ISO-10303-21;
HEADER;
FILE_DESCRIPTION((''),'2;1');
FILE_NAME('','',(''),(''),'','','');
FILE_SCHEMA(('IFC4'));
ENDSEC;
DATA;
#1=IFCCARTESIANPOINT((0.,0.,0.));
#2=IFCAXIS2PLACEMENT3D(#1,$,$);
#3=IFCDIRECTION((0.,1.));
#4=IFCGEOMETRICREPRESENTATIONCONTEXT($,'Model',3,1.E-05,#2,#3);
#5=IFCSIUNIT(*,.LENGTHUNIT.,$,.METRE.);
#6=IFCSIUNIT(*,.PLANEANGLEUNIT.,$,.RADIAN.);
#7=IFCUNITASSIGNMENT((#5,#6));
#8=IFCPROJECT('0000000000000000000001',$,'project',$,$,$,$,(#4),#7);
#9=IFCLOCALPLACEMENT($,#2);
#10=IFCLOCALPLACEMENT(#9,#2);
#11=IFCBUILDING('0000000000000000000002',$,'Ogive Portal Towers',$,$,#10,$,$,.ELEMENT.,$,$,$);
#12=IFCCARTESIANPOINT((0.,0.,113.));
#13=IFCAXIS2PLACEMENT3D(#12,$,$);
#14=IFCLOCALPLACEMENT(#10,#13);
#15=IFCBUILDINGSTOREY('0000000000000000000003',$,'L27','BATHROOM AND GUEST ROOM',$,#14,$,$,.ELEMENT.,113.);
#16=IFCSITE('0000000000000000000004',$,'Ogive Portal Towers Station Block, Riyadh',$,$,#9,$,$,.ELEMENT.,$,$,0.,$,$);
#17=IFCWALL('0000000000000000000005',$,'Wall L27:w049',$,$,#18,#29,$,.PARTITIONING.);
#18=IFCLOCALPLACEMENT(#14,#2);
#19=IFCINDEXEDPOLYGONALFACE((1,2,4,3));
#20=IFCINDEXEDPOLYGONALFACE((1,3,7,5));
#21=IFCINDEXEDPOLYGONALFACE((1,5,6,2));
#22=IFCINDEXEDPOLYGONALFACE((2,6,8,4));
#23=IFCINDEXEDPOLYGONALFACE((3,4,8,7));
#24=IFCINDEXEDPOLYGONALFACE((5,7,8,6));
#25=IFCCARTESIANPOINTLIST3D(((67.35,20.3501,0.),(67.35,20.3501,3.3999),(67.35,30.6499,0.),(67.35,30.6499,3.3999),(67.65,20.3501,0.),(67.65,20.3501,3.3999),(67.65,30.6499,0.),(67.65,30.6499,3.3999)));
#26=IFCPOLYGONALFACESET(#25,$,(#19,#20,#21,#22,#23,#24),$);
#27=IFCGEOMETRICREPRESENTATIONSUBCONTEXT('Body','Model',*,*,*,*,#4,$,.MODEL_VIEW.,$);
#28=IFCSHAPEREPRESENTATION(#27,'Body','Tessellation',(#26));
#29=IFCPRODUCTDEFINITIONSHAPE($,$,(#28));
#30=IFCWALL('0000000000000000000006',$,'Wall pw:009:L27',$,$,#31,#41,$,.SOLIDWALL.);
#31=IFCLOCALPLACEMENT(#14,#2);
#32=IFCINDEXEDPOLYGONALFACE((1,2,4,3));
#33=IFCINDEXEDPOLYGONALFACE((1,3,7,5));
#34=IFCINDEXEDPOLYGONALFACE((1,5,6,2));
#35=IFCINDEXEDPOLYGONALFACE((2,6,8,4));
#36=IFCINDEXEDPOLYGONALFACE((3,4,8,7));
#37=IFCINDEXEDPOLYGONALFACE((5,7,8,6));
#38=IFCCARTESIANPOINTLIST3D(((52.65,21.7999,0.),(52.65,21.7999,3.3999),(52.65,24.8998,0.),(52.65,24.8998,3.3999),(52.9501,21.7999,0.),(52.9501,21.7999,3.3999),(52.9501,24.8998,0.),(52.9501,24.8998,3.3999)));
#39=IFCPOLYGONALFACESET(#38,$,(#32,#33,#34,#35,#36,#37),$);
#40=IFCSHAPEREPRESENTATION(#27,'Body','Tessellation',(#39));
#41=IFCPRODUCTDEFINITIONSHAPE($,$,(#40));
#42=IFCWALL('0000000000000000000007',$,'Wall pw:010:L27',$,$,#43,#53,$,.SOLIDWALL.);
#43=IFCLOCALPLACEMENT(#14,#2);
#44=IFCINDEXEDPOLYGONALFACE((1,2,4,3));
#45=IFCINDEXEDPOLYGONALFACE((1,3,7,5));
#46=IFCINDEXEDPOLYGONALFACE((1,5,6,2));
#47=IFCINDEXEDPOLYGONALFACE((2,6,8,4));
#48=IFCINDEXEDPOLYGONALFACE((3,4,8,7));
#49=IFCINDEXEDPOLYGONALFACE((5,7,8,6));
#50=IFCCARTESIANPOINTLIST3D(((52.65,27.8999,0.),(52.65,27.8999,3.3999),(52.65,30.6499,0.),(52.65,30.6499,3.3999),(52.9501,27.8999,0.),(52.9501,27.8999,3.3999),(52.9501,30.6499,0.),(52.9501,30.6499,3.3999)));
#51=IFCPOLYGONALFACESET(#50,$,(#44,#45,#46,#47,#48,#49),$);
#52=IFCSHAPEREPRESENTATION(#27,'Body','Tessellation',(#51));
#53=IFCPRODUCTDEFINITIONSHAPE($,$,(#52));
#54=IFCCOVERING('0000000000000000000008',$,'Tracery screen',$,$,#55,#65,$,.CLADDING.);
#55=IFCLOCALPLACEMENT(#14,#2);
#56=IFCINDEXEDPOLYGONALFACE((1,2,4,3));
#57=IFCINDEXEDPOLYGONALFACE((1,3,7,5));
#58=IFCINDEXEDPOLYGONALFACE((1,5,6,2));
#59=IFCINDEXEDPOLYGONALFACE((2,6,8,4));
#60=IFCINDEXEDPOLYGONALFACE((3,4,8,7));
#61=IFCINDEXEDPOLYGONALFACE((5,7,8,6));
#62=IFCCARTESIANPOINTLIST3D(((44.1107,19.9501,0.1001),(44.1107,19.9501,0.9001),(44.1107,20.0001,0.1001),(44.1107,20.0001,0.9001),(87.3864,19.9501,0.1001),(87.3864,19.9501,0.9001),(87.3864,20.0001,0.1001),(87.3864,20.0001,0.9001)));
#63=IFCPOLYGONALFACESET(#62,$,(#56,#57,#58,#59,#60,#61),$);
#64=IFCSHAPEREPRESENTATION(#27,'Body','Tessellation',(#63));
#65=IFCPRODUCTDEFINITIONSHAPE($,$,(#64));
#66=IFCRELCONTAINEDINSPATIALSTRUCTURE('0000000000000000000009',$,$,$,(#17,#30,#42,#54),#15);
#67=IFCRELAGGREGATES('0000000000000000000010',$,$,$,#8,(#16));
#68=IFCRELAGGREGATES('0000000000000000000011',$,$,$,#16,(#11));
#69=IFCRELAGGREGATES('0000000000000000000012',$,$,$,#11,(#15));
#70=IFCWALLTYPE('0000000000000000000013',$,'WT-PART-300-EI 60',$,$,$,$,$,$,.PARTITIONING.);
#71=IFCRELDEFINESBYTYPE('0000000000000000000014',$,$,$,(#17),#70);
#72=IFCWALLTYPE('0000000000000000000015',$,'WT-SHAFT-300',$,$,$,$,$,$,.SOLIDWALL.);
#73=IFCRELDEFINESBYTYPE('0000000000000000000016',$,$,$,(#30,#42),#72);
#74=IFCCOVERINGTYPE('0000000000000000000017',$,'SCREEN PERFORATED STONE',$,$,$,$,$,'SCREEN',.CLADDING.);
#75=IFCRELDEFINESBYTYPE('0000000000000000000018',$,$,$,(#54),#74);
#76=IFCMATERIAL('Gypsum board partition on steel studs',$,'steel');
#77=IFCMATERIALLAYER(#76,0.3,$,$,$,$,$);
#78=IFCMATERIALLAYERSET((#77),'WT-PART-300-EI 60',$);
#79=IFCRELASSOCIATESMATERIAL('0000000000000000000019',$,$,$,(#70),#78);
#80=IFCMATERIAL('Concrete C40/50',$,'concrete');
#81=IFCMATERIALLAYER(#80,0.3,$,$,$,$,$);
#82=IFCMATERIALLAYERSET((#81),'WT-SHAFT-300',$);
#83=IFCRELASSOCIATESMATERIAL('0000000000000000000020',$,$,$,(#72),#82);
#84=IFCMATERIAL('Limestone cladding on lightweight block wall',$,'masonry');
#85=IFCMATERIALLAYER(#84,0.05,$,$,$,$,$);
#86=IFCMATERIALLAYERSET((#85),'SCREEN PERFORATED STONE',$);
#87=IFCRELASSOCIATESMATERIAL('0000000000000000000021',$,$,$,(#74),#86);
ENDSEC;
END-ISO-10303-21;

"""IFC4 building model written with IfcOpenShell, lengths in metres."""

from ifc_helpers import new_model, si_unit, direction, frame, frame_2d, origin, origin_2d, place, context, subcontext, project, spatial, rectangle, extrude, material, layer, layer_set, type_object, element, save


model = new_model("IFC4")

# Units and contexts
model_context = context("Model", 3, precision=1e-05, world=origin(), true_north=direction((0.0, 1.0)))
body_context = subcontext(model_context, "Body", "Model", "MODEL_VIEW")
ifc_project = project(units=[si_unit("LENGTHUNIT", "METRE"), si_unit("PLANEANGLEUNIT", "RADIAN")], contexts=[model_context])

# Site, building, storey
site_placement = place(None, origin())
site = spatial("IfcSite", under=ifc_project, at=site_placement, Name="Ogive Portal Towers Station Block, Riyadh", CompositionType="ELEMENT", RefElevation=0.0)
building_placement = place(site_placement, origin())
building = spatial("IfcBuilding", under=site, at=building_placement, Name="Ogive Portal Towers", CompositionType="ELEMENT")
storey_placement = place(building_placement, frame((0.0, 0.0, 113.0)))
storey = spatial("IfcBuildingStorey", under=building, at=storey_placement, Name="L27", Description="BATHROOM AND GUEST ROOM", CompositionType="ELEMENT", Elevation=113.0)

# Shared definitions
ifc_material_1 = material(Name="Gypsum board partition on steel studs", Category="steel")

# Shared definitions
ifc_layer_1 = layer(ifc_material_1, 0.3)
ifc_layer_set_1 = layer_set([ifc_layer_1], Name="WT-PART-300-EI 60")
wall_type_1 = type_object("IfcWallType", Name="WT-PART-300-EI 60", PredefinedType="PARTITIONING", material=ifc_layer_set_1)

# Walls
wall_1_placement = place(storey_placement, frame((67.5, 20.3501, 0.0), z_axis=(0.0, 0.0, 1.0), x_axis=(0.0, 1.0, 0.0)))
element("IfcWall", 1, at=wall_1_placement, inside=storey, type_object=wall_type_1, Name="Wall L27:w049", PredefinedType="PARTITIONING", context=body_context, shape_type="SweptSolid", body=[
    extrude(rectangle(XDim=10.2998, YDim=0.3, at=frame_2d((5.1499, 0.0))), origin(), (0.0, 0.0, 1.0), 3.3999),
])
ifc_material_2 = material(Name="Concrete C40/50", Category="concrete")
ifc_layer_2 = layer(ifc_material_2, 0.3)
ifc_layer_set_2 = layer_set([ifc_layer_2], Name="WT-SHAFT-300")
wall_type_2 = type_object("IfcWallType", Name="WT-SHAFT-300", PredefinedType="SOLIDWALL", material=ifc_layer_set_2)
wall_2_placement = place(storey_placement, frame((52.8, 21.8, 0.0), z_axis=(0.0, 0.0, 1.0), x_axis=(0.0, 1.0, 0.0)))
element("IfcWall", 2, at=wall_2_placement, inside=storey, type_object=wall_type_2, Name="Wall pw:009:L27", PredefinedType="SOLIDWALL", context=body_context, shape_type="SweptSolid", body=[
    extrude(rectangle(XDim=3.0999, YDim=0.3, at=frame_2d((1.5498, 0.0))), origin(), (0.0, 0.0, 1.0), 3.3999),
])
wall_3_placement = place(storey_placement, frame((52.8, 27.8999, 0.0), z_axis=(0.0, 0.0, 1.0), x_axis=(0.0, 1.0, 0.0)))
element("IfcWall", 3, at=wall_3_placement, inside=storey, type_object=wall_type_2, Name="Wall pw:010:L27", PredefinedType="SOLIDWALL", context=body_context, shape_type="SweptSolid", body=[
    extrude(rectangle(XDim=2.75, YDim=0.3, at=frame_2d((1.375, 0.0))), origin(), (0.0, 0.0, 1.0), 3.3999),
])

# Covering
ifc_material_3 = material(Name="Limestone cladding on lightweight block wall", Category="masonry")
ifc_layer_3 = layer(ifc_material_3, 0.05)
ifc_layer_set_3 = layer_set([ifc_layer_3], Name="SCREEN PERFORATED STONE")
covering_type = type_object("IfcCoveringType", Name="SCREEN PERFORATED STONE", ElementType="SCREEN", PredefinedType="CLADDING", material=ifc_layer_set_3)
covering_placement = place(storey_placement, frame((65.7485, 19.9751, 0.1001), z_axis=(0.0, 0.0, 1.0), x_axis=(1.0, 0.0, 0.0)))
element("IfcCovering", 4, at=covering_placement, inside=storey, type_object=covering_type, Name="Tracery screen", PredefinedType="CLADDING", context=body_context, shape_type="SweptSolid", body=[
    extrude(rectangle(XDim=43.2756, YDim=0.05, at=origin_2d()), origin(), (0.0, 0.0, 1.0), 0.8),
])

save(model, "model.ifc")
